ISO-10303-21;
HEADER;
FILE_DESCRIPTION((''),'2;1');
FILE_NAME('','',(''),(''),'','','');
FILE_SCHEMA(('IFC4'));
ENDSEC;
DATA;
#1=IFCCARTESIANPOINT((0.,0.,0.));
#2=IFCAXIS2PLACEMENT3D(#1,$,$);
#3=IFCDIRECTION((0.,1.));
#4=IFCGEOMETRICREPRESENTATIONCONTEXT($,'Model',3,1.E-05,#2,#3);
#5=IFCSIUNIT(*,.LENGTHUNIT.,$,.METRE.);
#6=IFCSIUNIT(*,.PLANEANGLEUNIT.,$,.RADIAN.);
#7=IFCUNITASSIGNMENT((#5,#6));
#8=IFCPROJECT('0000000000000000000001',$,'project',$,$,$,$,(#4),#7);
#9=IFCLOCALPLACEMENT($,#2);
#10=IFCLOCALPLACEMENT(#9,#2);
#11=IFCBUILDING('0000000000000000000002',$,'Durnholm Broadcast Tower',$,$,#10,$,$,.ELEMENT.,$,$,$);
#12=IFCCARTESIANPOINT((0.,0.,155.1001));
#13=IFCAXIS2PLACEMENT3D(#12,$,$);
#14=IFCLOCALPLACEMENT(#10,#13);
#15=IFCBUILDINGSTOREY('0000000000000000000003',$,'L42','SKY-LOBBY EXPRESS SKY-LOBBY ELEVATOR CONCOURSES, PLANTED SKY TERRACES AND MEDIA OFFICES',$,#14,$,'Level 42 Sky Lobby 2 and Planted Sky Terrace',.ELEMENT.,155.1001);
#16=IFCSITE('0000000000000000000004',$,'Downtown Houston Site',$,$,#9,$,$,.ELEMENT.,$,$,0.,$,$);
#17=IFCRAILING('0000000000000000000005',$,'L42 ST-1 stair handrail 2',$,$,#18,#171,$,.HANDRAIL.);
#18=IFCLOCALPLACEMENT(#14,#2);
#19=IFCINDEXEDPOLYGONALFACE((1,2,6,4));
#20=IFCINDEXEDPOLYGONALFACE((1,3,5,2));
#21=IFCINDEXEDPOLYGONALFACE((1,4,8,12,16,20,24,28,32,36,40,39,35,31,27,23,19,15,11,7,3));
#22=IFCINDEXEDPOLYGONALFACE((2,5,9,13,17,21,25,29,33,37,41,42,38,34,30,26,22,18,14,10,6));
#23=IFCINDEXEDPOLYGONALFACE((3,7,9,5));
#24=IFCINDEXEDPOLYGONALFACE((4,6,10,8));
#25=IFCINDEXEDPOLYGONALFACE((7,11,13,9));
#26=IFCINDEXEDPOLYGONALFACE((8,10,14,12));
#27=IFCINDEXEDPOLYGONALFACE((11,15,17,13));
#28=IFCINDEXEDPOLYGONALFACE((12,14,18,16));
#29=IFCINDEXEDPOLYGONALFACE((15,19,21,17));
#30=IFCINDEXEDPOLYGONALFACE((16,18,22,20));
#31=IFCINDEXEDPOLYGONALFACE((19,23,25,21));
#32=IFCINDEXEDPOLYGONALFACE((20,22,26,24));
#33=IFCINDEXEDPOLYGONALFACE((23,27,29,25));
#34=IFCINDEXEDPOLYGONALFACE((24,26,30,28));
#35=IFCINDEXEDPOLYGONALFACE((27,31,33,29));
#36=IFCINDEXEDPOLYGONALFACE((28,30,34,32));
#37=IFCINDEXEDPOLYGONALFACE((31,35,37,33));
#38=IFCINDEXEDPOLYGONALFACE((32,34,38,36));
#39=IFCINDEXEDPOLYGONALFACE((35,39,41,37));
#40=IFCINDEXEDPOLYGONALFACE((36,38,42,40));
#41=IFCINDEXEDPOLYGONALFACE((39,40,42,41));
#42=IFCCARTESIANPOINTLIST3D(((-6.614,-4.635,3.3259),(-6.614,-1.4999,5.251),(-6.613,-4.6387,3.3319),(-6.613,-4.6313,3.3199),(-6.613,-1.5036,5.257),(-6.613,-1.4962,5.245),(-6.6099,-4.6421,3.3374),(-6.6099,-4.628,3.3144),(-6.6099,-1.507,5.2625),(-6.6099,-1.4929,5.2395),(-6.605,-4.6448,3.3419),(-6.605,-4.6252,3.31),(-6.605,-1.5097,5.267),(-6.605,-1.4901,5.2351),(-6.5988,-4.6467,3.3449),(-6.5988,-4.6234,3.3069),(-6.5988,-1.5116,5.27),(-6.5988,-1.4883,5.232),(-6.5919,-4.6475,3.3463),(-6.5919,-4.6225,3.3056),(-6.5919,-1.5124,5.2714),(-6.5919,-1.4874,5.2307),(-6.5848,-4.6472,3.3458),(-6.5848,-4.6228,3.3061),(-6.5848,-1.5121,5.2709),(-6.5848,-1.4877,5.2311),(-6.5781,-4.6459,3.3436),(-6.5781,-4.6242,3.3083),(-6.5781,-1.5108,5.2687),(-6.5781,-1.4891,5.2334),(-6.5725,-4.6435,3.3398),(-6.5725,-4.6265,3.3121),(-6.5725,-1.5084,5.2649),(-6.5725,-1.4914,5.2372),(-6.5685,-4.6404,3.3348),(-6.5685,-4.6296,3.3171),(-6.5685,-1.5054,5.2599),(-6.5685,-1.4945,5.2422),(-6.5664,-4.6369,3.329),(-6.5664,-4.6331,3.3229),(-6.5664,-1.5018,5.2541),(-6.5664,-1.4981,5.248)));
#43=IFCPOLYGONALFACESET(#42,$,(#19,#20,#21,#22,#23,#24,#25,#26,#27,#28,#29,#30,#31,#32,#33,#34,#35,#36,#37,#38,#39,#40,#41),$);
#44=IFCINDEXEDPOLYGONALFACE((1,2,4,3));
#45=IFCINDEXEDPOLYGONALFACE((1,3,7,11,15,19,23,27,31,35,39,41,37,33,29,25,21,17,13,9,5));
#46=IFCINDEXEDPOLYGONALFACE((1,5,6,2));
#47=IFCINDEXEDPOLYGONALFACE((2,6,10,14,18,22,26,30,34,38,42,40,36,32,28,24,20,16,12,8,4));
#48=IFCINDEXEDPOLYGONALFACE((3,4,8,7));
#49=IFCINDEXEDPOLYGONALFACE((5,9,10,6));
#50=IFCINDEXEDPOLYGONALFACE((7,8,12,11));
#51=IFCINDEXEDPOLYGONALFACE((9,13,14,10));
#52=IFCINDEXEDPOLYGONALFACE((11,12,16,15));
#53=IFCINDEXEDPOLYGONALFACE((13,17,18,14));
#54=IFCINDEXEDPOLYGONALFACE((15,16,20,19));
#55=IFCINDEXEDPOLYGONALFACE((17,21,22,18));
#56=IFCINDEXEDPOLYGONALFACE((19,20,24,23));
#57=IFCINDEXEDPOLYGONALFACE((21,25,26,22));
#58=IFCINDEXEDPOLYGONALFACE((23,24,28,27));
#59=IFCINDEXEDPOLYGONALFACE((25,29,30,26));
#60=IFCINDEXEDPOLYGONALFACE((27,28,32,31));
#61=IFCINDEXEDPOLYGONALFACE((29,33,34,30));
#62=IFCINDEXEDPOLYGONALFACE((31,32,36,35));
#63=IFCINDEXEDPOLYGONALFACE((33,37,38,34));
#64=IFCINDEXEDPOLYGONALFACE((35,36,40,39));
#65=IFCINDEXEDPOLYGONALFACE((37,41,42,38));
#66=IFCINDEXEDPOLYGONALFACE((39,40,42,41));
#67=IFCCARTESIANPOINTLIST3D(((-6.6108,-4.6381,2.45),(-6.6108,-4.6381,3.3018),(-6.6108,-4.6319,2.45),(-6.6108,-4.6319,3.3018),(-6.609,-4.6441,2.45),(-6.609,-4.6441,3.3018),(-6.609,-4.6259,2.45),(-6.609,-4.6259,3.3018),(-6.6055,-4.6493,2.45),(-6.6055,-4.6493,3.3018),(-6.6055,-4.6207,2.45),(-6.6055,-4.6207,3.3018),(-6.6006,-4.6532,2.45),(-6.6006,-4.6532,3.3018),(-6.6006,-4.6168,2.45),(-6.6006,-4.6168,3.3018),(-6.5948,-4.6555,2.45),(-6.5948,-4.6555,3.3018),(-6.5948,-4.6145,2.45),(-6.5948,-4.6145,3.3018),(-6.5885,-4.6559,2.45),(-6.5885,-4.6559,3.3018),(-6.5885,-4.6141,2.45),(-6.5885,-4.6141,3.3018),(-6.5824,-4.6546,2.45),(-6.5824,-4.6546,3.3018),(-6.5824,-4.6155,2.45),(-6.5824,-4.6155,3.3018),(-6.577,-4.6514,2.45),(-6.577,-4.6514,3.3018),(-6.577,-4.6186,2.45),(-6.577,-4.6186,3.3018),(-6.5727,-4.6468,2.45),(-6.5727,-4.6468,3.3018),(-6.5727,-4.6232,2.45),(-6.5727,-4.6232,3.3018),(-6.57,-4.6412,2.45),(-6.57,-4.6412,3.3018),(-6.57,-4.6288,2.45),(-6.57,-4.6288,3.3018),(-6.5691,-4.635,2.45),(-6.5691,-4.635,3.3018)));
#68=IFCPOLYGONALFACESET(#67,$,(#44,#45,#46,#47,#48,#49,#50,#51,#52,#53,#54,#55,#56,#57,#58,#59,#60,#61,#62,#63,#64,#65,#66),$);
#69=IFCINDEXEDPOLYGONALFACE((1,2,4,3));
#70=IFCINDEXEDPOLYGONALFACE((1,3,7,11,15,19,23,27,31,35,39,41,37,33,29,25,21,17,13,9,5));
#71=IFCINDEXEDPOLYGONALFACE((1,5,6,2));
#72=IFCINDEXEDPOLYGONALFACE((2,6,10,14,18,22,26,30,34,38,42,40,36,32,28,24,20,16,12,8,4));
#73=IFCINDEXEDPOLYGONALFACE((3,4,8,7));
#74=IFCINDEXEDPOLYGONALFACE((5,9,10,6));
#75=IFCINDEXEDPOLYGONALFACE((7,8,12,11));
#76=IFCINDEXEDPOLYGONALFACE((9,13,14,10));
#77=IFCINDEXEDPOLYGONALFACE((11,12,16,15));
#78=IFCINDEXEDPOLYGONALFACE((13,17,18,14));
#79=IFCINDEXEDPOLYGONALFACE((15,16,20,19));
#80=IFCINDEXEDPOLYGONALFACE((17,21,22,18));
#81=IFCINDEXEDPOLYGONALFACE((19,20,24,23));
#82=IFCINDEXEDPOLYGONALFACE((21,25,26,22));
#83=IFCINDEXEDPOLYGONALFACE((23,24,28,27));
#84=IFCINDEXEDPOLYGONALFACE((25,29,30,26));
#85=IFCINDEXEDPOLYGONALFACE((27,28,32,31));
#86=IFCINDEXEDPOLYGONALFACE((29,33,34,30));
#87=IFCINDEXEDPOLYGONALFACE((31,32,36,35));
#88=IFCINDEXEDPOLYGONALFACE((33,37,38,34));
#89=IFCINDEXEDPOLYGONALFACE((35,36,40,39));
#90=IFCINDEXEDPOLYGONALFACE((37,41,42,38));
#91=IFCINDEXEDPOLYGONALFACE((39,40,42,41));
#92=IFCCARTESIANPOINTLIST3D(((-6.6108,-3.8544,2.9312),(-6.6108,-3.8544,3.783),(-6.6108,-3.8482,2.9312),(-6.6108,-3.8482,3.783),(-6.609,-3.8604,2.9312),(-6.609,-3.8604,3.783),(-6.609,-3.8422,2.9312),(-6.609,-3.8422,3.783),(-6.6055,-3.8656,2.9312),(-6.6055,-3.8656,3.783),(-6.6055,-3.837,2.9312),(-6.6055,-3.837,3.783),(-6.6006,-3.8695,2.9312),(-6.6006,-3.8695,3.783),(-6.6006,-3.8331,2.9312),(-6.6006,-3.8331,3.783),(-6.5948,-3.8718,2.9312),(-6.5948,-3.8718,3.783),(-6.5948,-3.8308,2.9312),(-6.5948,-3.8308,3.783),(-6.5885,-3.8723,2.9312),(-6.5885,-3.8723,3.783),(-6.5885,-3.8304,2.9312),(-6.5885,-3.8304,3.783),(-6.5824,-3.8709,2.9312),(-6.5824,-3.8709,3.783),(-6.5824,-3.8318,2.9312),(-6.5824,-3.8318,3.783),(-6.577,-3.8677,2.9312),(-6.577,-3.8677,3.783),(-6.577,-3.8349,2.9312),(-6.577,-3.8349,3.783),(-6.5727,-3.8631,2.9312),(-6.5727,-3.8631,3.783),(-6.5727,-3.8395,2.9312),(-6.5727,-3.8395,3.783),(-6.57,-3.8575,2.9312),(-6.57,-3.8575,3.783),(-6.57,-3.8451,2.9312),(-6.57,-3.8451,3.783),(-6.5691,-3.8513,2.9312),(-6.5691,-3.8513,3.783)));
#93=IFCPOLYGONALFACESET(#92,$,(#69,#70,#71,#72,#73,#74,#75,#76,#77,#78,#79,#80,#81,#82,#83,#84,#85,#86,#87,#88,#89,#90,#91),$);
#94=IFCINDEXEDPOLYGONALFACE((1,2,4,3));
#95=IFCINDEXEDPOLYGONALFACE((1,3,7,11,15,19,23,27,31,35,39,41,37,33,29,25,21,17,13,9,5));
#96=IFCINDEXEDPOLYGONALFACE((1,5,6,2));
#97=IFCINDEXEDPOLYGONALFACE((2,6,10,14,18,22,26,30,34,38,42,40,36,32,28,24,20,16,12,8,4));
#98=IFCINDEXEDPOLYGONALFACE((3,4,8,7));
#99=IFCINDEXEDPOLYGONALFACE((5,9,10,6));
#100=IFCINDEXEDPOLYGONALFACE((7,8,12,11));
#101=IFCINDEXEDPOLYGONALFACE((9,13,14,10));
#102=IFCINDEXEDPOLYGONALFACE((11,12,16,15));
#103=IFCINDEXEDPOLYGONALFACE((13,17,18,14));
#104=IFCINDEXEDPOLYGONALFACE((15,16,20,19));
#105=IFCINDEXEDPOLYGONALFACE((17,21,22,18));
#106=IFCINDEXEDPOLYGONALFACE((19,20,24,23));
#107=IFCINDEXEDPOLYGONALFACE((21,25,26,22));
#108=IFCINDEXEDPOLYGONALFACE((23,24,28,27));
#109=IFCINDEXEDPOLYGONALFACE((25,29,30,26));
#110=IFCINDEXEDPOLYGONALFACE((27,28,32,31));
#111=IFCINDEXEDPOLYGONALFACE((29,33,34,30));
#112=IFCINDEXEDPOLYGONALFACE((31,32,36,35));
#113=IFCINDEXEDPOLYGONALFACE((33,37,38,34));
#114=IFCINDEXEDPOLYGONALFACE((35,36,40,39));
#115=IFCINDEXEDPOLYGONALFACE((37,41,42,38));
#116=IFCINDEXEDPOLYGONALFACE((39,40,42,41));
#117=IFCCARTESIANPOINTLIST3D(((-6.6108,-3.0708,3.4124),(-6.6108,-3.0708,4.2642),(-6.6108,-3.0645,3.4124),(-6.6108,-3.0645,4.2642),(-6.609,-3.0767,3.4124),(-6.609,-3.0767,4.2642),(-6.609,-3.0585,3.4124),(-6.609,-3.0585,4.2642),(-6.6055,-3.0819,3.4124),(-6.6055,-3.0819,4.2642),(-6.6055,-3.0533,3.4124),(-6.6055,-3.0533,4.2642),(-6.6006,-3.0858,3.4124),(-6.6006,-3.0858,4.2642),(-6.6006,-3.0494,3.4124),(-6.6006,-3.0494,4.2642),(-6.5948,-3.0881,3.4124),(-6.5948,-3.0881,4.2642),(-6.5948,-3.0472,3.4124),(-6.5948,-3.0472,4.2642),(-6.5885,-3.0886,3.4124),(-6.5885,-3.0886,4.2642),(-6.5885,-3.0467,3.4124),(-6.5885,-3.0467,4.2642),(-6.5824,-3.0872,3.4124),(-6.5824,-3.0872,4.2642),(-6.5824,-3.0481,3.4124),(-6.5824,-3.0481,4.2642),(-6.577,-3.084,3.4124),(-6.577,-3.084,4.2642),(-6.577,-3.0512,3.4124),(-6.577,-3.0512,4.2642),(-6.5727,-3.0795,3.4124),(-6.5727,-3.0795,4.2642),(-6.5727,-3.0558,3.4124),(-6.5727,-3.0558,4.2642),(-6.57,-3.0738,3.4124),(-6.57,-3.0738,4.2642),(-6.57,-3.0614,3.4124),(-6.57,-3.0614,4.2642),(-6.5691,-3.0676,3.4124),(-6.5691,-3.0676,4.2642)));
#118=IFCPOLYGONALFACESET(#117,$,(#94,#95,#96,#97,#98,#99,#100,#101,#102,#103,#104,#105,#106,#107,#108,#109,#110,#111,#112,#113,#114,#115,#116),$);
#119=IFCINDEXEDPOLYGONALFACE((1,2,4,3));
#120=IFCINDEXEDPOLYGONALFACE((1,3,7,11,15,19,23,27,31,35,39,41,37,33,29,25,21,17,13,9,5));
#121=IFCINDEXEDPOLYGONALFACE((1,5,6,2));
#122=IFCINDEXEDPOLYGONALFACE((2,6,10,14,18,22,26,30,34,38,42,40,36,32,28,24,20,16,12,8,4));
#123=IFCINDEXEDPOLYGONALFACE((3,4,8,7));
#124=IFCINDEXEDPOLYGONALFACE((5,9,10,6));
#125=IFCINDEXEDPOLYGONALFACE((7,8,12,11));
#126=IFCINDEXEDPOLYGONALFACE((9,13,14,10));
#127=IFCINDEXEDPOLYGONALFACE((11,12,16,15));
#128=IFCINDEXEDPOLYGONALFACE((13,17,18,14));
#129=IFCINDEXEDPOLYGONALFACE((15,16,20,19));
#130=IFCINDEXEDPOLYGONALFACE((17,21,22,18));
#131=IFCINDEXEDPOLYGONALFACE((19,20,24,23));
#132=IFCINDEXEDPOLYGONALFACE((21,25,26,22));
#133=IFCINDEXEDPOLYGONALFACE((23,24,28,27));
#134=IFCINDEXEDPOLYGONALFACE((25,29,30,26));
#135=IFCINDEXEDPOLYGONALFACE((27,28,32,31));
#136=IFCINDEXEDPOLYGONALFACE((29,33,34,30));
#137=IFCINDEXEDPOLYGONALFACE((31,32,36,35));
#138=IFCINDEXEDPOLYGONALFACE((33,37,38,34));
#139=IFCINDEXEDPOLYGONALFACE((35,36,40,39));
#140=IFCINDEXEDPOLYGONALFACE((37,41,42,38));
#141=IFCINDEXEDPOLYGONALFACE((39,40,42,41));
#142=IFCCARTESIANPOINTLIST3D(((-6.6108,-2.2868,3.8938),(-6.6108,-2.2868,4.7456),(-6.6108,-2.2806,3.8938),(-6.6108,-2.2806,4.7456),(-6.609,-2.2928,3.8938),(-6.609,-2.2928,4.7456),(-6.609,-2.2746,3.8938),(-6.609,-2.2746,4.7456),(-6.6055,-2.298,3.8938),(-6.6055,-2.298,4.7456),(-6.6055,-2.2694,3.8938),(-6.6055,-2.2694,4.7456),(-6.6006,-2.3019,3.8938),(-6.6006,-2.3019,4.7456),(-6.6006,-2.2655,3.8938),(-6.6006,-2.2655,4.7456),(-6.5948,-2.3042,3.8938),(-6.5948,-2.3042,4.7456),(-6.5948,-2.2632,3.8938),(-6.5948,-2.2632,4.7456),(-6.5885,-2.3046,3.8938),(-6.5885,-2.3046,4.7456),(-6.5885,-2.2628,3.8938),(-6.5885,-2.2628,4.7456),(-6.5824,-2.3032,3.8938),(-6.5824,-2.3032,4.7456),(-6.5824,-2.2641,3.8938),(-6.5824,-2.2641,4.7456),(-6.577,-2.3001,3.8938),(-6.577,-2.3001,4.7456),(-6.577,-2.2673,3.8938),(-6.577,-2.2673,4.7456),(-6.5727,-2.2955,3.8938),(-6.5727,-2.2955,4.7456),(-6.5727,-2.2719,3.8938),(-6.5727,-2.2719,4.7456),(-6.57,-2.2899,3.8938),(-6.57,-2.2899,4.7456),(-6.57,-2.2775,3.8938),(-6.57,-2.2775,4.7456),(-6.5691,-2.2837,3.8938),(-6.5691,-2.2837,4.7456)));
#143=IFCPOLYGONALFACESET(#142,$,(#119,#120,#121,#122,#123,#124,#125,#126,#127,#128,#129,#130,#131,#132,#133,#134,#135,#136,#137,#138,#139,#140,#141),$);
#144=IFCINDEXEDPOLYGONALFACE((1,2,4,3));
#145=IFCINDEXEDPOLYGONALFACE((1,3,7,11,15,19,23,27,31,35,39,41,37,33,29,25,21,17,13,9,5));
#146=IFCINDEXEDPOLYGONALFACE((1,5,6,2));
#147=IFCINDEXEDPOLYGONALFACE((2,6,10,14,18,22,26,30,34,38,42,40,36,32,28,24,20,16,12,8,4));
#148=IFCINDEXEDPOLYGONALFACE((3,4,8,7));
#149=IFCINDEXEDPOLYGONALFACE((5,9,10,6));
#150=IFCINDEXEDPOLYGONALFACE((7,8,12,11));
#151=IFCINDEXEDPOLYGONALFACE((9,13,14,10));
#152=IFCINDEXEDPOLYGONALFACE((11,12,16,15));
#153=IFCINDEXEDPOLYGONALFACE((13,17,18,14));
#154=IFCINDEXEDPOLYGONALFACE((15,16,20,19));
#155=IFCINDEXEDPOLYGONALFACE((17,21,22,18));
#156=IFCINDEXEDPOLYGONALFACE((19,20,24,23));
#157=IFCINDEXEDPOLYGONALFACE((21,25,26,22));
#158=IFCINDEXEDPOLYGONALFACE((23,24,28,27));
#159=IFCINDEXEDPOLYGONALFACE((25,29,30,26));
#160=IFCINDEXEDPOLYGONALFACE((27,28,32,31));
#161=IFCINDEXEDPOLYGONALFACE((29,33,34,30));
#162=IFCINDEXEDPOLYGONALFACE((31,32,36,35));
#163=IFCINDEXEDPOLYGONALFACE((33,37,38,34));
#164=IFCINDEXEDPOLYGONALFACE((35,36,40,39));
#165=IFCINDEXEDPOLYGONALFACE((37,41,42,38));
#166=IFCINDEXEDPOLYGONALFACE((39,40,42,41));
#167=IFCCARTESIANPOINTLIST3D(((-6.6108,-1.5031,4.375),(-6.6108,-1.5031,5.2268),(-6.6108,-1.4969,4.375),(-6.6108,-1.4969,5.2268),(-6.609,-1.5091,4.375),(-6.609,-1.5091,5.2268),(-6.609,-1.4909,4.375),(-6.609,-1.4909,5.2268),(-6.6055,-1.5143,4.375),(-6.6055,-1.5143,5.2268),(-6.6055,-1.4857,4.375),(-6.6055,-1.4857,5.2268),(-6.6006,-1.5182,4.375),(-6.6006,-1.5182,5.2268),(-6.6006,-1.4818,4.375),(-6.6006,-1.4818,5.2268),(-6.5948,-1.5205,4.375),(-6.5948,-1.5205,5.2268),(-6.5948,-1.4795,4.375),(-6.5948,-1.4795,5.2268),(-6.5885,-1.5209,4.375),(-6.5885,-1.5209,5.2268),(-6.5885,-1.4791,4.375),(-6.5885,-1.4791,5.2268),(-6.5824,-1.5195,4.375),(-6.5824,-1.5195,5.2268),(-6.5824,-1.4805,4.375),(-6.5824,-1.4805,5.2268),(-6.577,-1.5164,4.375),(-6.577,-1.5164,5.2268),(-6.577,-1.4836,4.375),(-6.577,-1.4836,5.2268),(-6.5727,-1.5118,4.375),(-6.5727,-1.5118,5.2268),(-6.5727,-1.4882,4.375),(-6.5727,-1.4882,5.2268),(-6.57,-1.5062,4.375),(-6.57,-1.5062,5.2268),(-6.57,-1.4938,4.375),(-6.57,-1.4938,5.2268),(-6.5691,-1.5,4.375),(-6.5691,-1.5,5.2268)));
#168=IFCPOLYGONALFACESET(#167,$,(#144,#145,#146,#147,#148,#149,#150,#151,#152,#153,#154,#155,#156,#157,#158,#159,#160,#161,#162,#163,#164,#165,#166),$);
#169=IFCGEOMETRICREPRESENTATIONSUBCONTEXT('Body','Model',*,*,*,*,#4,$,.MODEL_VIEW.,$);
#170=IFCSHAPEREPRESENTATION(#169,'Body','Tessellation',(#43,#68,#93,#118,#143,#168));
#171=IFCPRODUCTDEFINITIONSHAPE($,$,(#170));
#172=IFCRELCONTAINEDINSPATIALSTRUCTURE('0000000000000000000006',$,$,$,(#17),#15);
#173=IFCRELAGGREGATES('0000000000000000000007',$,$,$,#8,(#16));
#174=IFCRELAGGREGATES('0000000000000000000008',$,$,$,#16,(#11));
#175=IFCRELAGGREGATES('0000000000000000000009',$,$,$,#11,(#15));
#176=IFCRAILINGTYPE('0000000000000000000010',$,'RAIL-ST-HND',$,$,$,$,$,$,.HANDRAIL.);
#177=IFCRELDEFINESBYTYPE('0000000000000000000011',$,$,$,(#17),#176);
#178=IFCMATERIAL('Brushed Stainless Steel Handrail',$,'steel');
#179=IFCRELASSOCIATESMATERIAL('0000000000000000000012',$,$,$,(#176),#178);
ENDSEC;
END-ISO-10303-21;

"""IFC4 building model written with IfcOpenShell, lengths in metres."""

from ifc_helpers import new_model, si_unit, direction, frame, origin, origin_2d, place, context, subcontext, project, spatial, circle, extrude, material, type_object, element, save


model = new_model("IFC4")

# Units and contexts
model_context = context("Model", 3, precision=1e-05, world=origin(), true_north=direction((0.0, 1.0)))
body_context = subcontext(model_context, "Body", "Model", "MODEL_VIEW")
ifc_project = project(units=[si_unit("LENGTHUNIT", "METRE"), si_unit("PLANEANGLEUNIT", "RADIAN")], contexts=[model_context])

# Site, building, storey
site_placement = place(None, origin())
site = spatial("IfcSite", under=ifc_project, at=site_placement, Name="Downtown Houston Site", CompositionType="ELEMENT", RefElevation=0.0)
building_placement = place(site_placement, origin())
building = spatial("IfcBuilding", under=site, at=building_placement, Name="Durnholm Broadcast Tower", CompositionType="ELEMENT")
storey_placement = place(building_placement, frame((0.0, 0.0, 155.1001)))
storey = spatial("IfcBuildingStorey", under=building, at=storey_placement, Name="L42", Description="SKY-LOBBY EXPRESS SKY-LOBBY ELEVATOR CONCOURSES, PLANTED SKY TERRACES AND MEDIA OFFICES", LongName="Level 42 Sky Lobby 2 and Planted Sky Terrace", CompositionType="ELEMENT", Elevation=155.1001)

# Railing
ifc_material_1 = material(Name="Brushed Stainless Steel Handrail", Category="steel")
railing_type_1 = type_object("IfcRailingType", Name="RAIL-ST-HND", PredefinedType="HANDRAIL", material=ifc_material_1)
railing_1_placement = place(storey_placement, frame((-6.5901, -4.635, 2.45)))
element("IfcRailing", 1, at=railing_1_placement, inside=storey, type_object=railing_type_1, Name="L42 ST-1 stair handrail 2", PredefinedType="HANDRAIL", context=body_context, shape_type="SweptSolid", body=[
    extrude(circle(Radius=0.0239, at=origin_2d()), frame((0.0, 0.0, 0.876), z_axis=(0.0, 0.852166, 0.523271), x_axis=(-1.0, 0.0, 0.0)), (0.0, 0.0, 1.0), 3.679),
    extrude(circle(Radius=0.021, at=origin_2d()), origin(), (0.0, 0.0, 1.0), 0.8518),
    extrude(circle(Radius=0.021, at=origin_2d()), frame((0.0, 0.7837, 0.4812)), (0.0, 0.0, 1.0), 0.8518),
    extrude(circle(Radius=0.021, at=origin_2d()), frame((0.0, 1.5674, 0.9624)), (0.0, 0.0, 1.0), 0.8518),
    extrude(circle(Radius=0.021, at=origin_2d()), frame((0.0, 2.3513, 1.4438)), (0.0, 0.0, 1.0), 0.8518),
    extrude(circle(Radius=0.021, at=origin_2d()), frame((0.0, 3.135, 1.925)), (0.0, 0.0, 1.0), 0.8518),
])

save(model, "model.ifc")
